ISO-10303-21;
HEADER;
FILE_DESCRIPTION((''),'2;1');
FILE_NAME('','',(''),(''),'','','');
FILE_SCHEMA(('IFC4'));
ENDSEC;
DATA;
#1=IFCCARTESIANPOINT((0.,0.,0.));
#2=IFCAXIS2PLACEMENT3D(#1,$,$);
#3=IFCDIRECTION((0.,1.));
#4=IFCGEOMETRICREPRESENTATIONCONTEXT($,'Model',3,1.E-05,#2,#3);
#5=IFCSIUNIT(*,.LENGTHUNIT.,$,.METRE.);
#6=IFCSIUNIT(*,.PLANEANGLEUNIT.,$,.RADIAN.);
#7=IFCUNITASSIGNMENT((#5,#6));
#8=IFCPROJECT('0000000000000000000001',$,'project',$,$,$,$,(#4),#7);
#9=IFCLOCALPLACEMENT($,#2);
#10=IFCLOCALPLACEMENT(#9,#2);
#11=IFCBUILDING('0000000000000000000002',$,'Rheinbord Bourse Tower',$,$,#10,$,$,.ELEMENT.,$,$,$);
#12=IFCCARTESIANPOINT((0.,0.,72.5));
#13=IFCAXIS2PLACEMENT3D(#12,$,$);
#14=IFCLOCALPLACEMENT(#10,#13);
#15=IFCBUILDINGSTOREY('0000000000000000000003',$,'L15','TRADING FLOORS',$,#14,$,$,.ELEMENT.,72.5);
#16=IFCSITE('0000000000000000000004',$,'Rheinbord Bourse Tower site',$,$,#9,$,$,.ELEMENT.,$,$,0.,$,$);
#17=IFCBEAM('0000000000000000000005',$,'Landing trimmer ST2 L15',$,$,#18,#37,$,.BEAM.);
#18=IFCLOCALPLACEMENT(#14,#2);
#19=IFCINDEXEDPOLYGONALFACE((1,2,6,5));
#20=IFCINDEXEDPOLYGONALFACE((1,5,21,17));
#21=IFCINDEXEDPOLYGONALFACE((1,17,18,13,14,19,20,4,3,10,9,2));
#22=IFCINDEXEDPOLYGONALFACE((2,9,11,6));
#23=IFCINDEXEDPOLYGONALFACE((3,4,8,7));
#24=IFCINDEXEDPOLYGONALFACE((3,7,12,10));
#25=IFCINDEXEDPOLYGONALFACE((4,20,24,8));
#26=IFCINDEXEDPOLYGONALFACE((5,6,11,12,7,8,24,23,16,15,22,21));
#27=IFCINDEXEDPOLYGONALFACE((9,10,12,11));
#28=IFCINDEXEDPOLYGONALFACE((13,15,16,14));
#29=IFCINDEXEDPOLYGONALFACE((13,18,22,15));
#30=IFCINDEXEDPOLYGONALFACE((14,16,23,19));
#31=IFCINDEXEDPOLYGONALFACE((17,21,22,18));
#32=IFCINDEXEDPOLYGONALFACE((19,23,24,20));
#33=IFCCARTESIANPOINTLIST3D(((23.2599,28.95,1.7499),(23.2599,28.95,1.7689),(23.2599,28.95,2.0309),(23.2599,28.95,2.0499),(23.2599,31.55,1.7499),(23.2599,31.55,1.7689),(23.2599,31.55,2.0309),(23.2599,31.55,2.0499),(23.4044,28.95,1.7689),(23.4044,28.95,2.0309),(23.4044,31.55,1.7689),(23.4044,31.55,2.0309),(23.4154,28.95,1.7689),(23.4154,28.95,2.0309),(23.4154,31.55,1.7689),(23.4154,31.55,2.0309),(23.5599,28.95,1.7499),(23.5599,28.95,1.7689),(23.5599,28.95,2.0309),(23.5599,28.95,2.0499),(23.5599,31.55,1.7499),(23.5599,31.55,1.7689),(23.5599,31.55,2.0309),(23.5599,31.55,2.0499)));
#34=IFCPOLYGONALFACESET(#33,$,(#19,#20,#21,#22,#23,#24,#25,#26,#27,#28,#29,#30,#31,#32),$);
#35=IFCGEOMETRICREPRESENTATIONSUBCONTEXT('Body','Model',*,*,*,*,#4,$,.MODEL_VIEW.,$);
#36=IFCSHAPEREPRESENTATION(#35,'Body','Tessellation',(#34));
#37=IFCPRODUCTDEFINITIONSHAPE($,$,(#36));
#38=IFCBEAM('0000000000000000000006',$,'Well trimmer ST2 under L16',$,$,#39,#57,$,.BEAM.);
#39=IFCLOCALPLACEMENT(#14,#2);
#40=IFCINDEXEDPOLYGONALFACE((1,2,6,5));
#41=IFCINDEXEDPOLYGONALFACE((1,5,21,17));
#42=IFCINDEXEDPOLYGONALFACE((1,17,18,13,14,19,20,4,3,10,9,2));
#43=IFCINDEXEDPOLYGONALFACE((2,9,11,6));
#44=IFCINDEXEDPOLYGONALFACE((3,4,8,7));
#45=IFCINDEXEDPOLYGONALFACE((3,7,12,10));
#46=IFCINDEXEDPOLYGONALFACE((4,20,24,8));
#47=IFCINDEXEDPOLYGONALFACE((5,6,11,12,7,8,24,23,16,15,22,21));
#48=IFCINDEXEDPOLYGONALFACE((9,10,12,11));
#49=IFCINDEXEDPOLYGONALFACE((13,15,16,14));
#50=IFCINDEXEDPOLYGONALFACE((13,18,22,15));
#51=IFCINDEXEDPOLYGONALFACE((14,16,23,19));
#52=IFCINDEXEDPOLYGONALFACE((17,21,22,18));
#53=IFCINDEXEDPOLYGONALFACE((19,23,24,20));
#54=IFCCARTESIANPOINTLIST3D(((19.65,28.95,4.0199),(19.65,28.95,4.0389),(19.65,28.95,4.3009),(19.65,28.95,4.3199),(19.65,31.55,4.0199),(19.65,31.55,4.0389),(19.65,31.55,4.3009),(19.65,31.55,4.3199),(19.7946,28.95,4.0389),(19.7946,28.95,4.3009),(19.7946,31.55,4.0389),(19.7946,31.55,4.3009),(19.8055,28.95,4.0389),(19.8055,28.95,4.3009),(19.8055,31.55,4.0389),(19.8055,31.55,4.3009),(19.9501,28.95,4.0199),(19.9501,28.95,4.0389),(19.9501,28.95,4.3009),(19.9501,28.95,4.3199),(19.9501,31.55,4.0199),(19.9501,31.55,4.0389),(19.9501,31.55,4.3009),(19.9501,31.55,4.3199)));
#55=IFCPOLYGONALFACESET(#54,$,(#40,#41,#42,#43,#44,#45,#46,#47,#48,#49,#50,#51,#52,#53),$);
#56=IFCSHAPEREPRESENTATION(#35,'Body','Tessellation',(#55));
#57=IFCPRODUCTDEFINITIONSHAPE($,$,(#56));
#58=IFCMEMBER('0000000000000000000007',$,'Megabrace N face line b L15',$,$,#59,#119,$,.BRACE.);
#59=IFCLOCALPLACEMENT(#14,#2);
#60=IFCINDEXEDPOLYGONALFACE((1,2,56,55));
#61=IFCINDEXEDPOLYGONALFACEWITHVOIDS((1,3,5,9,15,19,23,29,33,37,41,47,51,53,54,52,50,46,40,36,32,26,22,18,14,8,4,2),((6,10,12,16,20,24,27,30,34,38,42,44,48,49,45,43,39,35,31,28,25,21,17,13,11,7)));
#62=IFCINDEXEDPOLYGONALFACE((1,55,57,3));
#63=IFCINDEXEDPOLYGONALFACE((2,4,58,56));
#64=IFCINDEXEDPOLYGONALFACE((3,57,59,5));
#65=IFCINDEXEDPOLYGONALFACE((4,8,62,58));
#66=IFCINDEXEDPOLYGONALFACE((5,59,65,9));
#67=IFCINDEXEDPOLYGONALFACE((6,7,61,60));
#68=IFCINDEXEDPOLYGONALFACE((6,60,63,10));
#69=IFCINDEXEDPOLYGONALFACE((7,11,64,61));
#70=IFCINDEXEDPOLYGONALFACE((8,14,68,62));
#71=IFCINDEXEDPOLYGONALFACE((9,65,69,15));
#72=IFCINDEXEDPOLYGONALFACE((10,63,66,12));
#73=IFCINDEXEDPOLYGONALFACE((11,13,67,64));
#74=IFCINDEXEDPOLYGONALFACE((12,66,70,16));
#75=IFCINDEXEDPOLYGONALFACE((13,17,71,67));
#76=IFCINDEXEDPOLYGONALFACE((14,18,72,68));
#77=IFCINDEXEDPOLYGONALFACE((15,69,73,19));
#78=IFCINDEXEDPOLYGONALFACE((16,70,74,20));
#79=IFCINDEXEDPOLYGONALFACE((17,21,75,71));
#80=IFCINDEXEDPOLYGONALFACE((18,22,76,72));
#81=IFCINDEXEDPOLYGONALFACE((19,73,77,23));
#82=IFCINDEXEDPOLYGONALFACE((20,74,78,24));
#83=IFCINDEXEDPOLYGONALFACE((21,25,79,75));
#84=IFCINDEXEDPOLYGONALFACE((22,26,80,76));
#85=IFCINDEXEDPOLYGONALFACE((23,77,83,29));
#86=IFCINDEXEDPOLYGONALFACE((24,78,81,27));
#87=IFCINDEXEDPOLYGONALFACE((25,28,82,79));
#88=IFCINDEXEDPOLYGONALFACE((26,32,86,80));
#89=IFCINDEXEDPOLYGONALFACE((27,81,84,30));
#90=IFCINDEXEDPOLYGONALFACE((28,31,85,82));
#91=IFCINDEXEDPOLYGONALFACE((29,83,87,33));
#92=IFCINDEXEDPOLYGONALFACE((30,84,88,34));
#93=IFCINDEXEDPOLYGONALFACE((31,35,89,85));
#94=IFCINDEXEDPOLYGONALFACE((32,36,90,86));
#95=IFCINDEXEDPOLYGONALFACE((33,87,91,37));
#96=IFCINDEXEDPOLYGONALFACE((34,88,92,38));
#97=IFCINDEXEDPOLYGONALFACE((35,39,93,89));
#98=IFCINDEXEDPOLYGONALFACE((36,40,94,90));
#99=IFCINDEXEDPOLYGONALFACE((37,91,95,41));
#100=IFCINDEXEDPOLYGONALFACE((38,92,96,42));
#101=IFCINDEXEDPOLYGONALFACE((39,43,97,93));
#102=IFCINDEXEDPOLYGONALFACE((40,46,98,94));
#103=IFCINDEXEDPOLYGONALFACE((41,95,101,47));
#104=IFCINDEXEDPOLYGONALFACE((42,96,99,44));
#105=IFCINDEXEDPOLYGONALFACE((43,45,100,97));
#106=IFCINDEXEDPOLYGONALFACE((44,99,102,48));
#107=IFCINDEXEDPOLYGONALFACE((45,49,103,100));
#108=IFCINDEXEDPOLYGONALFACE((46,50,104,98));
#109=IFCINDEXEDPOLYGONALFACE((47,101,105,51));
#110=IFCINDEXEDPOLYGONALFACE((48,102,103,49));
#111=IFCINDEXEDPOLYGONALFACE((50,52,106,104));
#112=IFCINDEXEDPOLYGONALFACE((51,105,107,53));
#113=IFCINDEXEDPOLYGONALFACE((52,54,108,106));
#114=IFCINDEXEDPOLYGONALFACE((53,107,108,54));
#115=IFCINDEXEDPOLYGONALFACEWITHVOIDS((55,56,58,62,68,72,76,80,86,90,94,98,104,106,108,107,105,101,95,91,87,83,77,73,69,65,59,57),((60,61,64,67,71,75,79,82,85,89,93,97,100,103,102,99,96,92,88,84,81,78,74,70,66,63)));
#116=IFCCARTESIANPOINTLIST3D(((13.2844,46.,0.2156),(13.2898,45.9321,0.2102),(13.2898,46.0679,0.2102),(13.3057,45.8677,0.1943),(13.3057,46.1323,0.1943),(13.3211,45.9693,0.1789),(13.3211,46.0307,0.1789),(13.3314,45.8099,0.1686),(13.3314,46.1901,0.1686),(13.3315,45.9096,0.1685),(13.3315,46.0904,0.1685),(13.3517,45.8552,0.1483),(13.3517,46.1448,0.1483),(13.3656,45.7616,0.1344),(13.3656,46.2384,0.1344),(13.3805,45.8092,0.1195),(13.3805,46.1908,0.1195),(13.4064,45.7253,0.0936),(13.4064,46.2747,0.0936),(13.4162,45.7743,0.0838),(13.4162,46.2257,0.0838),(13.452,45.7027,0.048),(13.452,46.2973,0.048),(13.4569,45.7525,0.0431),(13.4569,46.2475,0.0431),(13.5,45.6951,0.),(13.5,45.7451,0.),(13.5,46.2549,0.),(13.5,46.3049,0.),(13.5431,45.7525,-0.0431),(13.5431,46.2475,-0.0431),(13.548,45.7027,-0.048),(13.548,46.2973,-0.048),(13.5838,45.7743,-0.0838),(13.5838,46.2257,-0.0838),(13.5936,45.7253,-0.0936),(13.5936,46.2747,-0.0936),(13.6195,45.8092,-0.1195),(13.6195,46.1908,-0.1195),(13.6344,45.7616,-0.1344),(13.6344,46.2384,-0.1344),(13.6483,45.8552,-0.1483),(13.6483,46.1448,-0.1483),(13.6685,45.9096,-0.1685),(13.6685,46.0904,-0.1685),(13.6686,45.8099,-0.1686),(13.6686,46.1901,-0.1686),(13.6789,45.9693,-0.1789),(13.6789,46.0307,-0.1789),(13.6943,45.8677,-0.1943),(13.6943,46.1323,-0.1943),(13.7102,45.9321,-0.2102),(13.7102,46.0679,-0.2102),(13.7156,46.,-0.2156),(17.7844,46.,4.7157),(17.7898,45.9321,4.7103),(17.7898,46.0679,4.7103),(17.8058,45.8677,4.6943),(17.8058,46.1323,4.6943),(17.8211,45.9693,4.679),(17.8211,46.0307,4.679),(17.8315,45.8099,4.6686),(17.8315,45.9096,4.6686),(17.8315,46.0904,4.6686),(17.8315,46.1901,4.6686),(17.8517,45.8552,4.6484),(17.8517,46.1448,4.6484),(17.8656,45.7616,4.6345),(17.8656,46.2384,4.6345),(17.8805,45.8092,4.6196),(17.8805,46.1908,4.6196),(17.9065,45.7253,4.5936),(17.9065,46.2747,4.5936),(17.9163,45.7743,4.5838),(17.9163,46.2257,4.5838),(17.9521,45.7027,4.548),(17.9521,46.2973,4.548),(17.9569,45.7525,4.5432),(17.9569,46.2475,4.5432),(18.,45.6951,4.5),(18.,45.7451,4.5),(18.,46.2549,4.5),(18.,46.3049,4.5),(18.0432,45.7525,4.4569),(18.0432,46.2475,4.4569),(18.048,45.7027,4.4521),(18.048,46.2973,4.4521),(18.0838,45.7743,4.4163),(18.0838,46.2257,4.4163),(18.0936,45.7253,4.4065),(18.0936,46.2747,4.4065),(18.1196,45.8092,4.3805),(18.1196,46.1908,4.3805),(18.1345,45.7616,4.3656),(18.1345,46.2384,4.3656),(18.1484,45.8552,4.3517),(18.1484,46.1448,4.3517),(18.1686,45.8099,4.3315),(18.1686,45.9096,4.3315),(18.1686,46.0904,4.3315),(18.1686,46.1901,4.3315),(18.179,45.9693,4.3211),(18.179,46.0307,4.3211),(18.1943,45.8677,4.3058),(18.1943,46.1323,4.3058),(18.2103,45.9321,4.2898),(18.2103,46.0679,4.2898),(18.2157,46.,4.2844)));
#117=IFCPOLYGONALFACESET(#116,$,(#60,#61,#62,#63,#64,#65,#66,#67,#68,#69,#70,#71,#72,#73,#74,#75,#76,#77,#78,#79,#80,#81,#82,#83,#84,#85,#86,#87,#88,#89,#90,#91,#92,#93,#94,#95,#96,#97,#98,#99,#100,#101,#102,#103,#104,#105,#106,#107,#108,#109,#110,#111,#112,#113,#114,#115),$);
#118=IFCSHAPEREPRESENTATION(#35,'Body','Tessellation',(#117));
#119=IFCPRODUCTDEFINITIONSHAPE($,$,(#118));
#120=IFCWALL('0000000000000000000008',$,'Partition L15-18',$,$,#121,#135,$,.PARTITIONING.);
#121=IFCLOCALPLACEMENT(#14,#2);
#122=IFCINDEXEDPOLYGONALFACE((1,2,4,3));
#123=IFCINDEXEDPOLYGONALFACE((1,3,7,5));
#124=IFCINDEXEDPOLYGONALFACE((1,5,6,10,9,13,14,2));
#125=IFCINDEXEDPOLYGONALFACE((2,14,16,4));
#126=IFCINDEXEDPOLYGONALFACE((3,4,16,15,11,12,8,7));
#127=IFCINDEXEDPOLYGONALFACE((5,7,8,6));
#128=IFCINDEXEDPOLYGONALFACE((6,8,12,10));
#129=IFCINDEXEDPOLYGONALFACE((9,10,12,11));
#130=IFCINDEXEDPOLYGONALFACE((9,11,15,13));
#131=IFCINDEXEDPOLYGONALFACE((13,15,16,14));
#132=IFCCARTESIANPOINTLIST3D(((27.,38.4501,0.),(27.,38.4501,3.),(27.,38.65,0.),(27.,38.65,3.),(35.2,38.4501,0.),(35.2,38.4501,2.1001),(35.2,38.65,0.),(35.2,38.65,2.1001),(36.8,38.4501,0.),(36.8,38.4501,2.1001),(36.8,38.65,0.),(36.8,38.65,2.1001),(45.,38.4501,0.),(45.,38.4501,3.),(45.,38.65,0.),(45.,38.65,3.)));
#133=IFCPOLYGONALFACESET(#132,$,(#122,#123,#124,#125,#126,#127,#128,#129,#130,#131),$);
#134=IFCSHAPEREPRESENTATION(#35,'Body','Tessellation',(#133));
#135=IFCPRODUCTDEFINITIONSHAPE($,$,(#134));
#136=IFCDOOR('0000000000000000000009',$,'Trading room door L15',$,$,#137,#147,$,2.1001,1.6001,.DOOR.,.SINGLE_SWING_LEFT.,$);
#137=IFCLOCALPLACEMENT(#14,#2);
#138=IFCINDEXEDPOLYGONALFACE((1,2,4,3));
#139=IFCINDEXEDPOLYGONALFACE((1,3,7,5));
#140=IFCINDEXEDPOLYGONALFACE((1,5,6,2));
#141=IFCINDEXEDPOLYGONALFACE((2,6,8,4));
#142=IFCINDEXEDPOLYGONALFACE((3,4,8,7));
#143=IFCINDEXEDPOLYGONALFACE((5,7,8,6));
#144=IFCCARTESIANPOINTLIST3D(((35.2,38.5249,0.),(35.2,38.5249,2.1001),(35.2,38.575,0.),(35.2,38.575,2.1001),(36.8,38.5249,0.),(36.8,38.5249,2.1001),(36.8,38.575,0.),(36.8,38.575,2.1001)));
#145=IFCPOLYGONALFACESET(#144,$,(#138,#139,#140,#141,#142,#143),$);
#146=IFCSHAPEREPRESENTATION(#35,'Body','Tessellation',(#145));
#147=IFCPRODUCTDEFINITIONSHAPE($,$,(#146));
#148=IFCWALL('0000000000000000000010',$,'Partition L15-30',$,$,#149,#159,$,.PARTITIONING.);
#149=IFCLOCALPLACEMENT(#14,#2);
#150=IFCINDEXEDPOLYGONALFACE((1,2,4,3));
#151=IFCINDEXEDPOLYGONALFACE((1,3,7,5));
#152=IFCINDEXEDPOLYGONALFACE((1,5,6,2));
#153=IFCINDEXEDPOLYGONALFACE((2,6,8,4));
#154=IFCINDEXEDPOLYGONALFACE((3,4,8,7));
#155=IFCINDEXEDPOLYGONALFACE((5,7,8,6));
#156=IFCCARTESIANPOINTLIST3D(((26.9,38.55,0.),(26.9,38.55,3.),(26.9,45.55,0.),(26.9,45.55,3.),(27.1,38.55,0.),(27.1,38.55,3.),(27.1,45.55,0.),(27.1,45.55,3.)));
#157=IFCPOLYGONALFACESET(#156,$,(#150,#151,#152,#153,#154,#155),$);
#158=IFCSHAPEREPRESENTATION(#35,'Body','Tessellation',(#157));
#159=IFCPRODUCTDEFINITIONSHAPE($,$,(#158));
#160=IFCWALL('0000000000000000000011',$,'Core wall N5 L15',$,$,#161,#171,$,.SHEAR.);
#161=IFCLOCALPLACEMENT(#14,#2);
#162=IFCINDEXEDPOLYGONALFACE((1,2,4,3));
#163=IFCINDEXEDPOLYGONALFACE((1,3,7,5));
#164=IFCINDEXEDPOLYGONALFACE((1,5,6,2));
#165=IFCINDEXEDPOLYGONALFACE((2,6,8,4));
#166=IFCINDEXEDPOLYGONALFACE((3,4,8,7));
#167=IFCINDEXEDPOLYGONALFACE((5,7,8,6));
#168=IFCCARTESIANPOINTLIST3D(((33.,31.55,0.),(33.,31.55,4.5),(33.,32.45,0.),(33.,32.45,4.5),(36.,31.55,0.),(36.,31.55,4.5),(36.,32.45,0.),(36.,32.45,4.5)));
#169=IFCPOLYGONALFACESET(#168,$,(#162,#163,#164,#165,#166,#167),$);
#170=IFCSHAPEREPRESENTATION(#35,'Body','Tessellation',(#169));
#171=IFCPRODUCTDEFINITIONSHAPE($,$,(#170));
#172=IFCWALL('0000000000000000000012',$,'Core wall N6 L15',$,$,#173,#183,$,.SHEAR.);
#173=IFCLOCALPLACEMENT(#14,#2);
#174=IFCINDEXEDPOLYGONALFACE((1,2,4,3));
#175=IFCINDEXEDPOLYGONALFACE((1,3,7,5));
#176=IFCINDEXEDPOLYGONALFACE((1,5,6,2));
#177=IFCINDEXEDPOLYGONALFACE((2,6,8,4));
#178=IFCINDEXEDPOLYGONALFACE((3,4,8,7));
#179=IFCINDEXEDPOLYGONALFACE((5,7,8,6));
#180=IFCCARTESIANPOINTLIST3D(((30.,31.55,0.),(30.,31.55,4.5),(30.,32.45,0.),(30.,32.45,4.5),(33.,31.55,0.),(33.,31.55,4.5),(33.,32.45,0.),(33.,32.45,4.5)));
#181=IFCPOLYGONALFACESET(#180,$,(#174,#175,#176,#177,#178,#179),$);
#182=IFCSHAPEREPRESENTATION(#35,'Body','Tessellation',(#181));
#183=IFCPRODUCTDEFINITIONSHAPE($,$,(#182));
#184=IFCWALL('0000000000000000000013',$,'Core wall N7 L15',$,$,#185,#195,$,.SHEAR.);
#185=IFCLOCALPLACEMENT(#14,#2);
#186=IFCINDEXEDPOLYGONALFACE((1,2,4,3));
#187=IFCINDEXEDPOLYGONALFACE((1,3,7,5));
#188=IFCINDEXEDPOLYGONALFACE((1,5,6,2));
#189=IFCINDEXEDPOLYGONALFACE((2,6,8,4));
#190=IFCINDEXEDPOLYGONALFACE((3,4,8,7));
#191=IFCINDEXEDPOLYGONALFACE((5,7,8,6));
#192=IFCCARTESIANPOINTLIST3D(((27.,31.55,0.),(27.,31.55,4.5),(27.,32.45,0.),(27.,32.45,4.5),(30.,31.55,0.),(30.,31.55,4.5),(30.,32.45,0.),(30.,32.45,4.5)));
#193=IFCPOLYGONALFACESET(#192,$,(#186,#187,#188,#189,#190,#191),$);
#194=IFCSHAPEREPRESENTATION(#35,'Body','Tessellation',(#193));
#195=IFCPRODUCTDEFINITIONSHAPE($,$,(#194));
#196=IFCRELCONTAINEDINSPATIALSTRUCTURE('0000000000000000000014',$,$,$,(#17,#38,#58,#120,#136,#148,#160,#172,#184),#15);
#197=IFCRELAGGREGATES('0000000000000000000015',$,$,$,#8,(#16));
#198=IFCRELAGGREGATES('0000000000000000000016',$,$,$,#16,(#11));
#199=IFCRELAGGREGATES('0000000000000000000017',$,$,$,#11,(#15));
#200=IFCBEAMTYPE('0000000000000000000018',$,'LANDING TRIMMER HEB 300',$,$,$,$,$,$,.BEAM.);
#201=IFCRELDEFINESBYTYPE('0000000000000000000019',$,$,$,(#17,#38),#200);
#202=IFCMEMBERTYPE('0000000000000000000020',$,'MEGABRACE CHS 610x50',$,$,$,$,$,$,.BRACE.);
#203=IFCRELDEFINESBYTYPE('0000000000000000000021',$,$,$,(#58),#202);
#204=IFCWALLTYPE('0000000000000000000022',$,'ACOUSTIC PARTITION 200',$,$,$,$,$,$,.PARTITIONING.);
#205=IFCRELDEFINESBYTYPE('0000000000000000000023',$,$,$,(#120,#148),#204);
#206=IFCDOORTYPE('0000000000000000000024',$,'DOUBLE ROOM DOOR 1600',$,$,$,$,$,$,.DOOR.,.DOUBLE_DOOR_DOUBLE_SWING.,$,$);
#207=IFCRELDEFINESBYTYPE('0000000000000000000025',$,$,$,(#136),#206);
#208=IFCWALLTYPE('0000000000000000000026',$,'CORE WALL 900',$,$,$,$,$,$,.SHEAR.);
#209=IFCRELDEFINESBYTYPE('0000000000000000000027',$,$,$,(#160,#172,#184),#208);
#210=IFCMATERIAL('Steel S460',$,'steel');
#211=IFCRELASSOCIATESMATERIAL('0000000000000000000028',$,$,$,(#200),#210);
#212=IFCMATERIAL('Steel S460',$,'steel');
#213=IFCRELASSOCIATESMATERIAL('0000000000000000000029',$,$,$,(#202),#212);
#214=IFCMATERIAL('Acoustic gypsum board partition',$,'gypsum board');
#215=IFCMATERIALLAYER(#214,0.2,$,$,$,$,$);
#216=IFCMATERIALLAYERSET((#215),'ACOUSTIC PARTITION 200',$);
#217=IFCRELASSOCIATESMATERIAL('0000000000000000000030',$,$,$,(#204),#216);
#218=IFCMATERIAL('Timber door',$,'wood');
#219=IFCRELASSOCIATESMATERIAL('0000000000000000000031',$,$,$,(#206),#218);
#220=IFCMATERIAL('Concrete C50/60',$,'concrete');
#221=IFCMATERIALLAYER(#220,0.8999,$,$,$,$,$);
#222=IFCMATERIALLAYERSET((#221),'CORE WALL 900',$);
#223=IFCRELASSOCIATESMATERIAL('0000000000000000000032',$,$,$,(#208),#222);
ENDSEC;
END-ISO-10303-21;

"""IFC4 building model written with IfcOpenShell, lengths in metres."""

from ifc_helpers import new_model, si_unit, direction, frame, frame_2d, origin, origin_2d, place, context, subcontext, project, spatial, rectangle, hollow_circle, i_section, extrude, material, layer, layer_set, material_profile, profile_set, type_object, element, fill, save


model = new_model("IFC4")

# Units and contexts
model_context = context("Model", 3, precision=1e-05, world=origin(), true_north=direction((0.0, 1.0)))
body_context = subcontext(model_context, "Body", "Model", "MODEL_VIEW")
ifc_project = project(units=[si_unit("LENGTHUNIT", "METRE"), si_unit("PLANEANGLEUNIT", "RADIAN")], contexts=[model_context])

# Site, building, storey
site_placement = place(None, origin())
site = spatial("IfcSite", under=ifc_project, at=site_placement, Name="Rheinbord Bourse Tower site", CompositionType="ELEMENT", RefElevation=0.0)
building_placement = place(site_placement, origin())
building = spatial("IfcBuilding", under=site, at=building_placement, Name="Rheinbord Bourse Tower", CompositionType="ELEMENT")
storey_placement = place(building_placement, frame((0.0, 0.0, 72.5)))
storey = spatial("IfcBuildingStorey", under=building, at=storey_placement, Name="L15", Description="TRADING FLOORS", CompositionType="ELEMENT", Elevation=72.5)

# Beams
ifc_material_1 = material(Name="Steel S460", Category="steel")
ifc_material_profile_1 = material_profile(ifc_material_1, i_section(OverallWidth=0.3, OverallDepth=0.3, WebThickness=0.011, FlangeThickness=0.019, at=origin_2d()), Name="HEB 300")
ifc_profile_set_1 = profile_set([ifc_material_profile_1], Name="Steel S460")
beam_type = type_object("IfcBeamType", Name="LANDING TRIMMER HEB 300", PredefinedType="BEAM", material=ifc_profile_set_1)
for number, where, z_axis, x_axis, name in (
    (1, (23.4099, 28.95, 1.8999), (0.0, 1.0, 0.0), (-1.0, 0.0, 0.0), "Landing trimmer ST2 L15"),
    (2, (19.8, 28.95, 4.1699), (0.0, 1.0, 0.0), (-1.0, 0.0, 0.0), "Well trimmer ST2 under L16"),
):
    element("IfcBeam", number, at=place(storey_placement, frame(where, z_axis=z_axis, x_axis=x_axis)), inside=storey, type_object=beam_type, Name=name, PredefinedType="BEAM", context=body_context, shape_type="SweptSolid", body=[
        extrude(i_section(OverallWidth=0.3, OverallDepth=0.3, WebThickness=0.011, FlangeThickness=0.019, at=origin_2d()), origin(), (0.0, 0.0, 1.0), 2.6001),
    ])

# Member
ifc_material_2 = material(Name="Steel S460", Category="steel")
ifc_material_profile_2 = material_profile(ifc_material_2, hollow_circle(Radius=0.3049, WallThickness=0.05, at=origin_2d()), Name="CHS 610x50")
ifc_profile_set_2 = profile_set([ifc_material_profile_2], Name="Steel S460")
member_type = type_object("IfcMemberType", Name="MEGABRACE CHS 610x50", PredefinedType="BRACE", material=ifc_profile_set_2)
member_placement = place(storey_placement, frame((13.5, 46.0, 0.0), z_axis=(0.707107, 0.0, 0.707107), x_axis=(0.0, 1.0, 0.0)))
element("IfcMember", 3, at=member_placement, inside=storey, type_object=member_type, Name="Megabrace N face line b L15", PredefinedType="BRACE", context=body_context, shape_type="SweptSolid", body=[
    extrude(hollow_circle(Radius=0.3049, WallThickness=0.05, at=origin_2d()), origin(), (0.0, 0.0, 1.0), 6.364),
])

# Wall, opening, door
ifc_material_3 = material(Name="Acoustic gypsum board partition", Category="gypsum board")
ifc_layer_1 = layer(ifc_material_3, 0.2)
ifc_layer_set_1 = layer_set([ifc_layer_1], Name="ACOUSTIC PARTITION 200")
wall_type_1 = type_object("IfcWallType", Name="ACOUSTIC PARTITION 200", PredefinedType="PARTITIONING", material=ifc_layer_set_1)
wall_1_placement = place(storey_placement, frame((27.0, 38.55, 0.0), z_axis=(0.0, 0.0, 1.0), x_axis=(1.0, 0.0, 0.0)))
wall_1 = element("IfcWall", 4, at=wall_1_placement, inside=storey, type_object=wall_type_1, Name="Partition L15-18", PredefinedType="PARTITIONING", context=body_context, shape_type="SweptSolid", body=[
    extrude(rectangle(XDim=18.0, YDim=0.2, at=frame_2d((9.0, 0.0))), origin(), (0.0, 0.0, 1.0), 3.0),
])
opening_1_placement = place(wall_1_placement, frame((8.2, 0.0, 0.0)))
opening_1 = element("IfcOpeningElement", 5, at=opening_1_placement, cuts=wall_1, PredefinedType="OPENING", context=body_context, shape_type="SweptSolid", body=[
    extrude(rectangle(XDim=1.6001, YDim=2.1001, at=frame_2d((0.8, 1.05))), frame((0.0, 0.1099, 0.0), z_axis=(0.0, -1.0, 0.0), x_axis=(1.0, 0.0, 0.0)), (0.0, 0.0, 1.0), 0.22),
])
ifc_material_4 = material(Name="Timber door", Category="wood")
door_type_1 = type_object("IfcDoorType", Name="DOUBLE ROOM DOOR 1600", OperationType="DOUBLE_DOOR_DOUBLE_SWING", PredefinedType="DOOR", material=ifc_material_4)
door_1_placement = place(opening_1_placement, origin())
door_1 = element("IfcDoor", 6, at=door_1_placement, inside=storey, type_object=door_type_1, Name="Trading room door L15", OperationType="SINGLE_SWING_LEFT", OverallHeight=2.1001, OverallWidth=1.6001, PredefinedType="DOOR", context=body_context, shape_type="SweptSolid", body=[
    extrude(rectangle(XDim=1.6001, YDim=2.1001, at=frame_2d((0.8, 1.05))), frame((0.0, 0.0249, 0.0), z_axis=(0.0, -1.0, 0.0), x_axis=(1.0, 0.0, 0.0)), (0.0, 0.0, 1.0), 0.05),
])
fill(opening_1, door_1)

# Walls
wall_2_placement = place(storey_placement, frame((27.0, 38.55, 0.0), z_axis=(0.0, 0.0, 1.0), x_axis=(0.0, 1.0, 0.0)))
element("IfcWall", 7, at=wall_2_placement, inside=storey, type_object=wall_type_1, Name="Partition L15-30", PredefinedType="PARTITIONING", context=body_context, shape_type="SweptSolid", body=[
    extrude(rectangle(XDim=7.0, YDim=0.2, at=frame_2d((3.5, 0.0))), origin(), (0.0, 0.0, 1.0), 3.0),
])
ifc_material_5 = material(Name="Concrete C50/60", Category="concrete")
ifc_layer_2 = layer(ifc_material_5, 0.8999)
ifc_layer_set_2 = layer_set([ifc_layer_2], Name="CORE WALL 900")
wall_type_2 = type_object("IfcWallType", Name="CORE WALL 900", PredefinedType="SHEAR", material=ifc_layer_set_2)
for number, where, z_axis, x_axis, name in (
    (8, (36.0, 32.0, 0.0), (0.0, 0.0, 1.0), (-1.0, 0.0, 0.0), "Core wall N5 L15"),
    (9, (33.0, 32.0, 0.0), (0.0, 0.0, 1.0), (-1.0, 0.0, 0.0), "Core wall N6 L15"),
    (10, (30.0, 32.0, 0.0), (0.0, 0.0, 1.0), (-1.0, 0.0, 0.0), "Core wall N7 L15"),
):
    element("IfcWall", number, at=place(storey_placement, frame(where, z_axis=z_axis, x_axis=x_axis)), inside=storey, type_object=wall_type_2, Name=name, PredefinedType="SHEAR", context=body_context, shape_type="SweptSolid", body=[
        extrude(rectangle(XDim=3.0, YDim=0.8999, at=frame_2d((1.5, 0.0))), origin(), (0.0, 0.0, 1.0), 4.5),
    ])

save(model, "model.ifc")
